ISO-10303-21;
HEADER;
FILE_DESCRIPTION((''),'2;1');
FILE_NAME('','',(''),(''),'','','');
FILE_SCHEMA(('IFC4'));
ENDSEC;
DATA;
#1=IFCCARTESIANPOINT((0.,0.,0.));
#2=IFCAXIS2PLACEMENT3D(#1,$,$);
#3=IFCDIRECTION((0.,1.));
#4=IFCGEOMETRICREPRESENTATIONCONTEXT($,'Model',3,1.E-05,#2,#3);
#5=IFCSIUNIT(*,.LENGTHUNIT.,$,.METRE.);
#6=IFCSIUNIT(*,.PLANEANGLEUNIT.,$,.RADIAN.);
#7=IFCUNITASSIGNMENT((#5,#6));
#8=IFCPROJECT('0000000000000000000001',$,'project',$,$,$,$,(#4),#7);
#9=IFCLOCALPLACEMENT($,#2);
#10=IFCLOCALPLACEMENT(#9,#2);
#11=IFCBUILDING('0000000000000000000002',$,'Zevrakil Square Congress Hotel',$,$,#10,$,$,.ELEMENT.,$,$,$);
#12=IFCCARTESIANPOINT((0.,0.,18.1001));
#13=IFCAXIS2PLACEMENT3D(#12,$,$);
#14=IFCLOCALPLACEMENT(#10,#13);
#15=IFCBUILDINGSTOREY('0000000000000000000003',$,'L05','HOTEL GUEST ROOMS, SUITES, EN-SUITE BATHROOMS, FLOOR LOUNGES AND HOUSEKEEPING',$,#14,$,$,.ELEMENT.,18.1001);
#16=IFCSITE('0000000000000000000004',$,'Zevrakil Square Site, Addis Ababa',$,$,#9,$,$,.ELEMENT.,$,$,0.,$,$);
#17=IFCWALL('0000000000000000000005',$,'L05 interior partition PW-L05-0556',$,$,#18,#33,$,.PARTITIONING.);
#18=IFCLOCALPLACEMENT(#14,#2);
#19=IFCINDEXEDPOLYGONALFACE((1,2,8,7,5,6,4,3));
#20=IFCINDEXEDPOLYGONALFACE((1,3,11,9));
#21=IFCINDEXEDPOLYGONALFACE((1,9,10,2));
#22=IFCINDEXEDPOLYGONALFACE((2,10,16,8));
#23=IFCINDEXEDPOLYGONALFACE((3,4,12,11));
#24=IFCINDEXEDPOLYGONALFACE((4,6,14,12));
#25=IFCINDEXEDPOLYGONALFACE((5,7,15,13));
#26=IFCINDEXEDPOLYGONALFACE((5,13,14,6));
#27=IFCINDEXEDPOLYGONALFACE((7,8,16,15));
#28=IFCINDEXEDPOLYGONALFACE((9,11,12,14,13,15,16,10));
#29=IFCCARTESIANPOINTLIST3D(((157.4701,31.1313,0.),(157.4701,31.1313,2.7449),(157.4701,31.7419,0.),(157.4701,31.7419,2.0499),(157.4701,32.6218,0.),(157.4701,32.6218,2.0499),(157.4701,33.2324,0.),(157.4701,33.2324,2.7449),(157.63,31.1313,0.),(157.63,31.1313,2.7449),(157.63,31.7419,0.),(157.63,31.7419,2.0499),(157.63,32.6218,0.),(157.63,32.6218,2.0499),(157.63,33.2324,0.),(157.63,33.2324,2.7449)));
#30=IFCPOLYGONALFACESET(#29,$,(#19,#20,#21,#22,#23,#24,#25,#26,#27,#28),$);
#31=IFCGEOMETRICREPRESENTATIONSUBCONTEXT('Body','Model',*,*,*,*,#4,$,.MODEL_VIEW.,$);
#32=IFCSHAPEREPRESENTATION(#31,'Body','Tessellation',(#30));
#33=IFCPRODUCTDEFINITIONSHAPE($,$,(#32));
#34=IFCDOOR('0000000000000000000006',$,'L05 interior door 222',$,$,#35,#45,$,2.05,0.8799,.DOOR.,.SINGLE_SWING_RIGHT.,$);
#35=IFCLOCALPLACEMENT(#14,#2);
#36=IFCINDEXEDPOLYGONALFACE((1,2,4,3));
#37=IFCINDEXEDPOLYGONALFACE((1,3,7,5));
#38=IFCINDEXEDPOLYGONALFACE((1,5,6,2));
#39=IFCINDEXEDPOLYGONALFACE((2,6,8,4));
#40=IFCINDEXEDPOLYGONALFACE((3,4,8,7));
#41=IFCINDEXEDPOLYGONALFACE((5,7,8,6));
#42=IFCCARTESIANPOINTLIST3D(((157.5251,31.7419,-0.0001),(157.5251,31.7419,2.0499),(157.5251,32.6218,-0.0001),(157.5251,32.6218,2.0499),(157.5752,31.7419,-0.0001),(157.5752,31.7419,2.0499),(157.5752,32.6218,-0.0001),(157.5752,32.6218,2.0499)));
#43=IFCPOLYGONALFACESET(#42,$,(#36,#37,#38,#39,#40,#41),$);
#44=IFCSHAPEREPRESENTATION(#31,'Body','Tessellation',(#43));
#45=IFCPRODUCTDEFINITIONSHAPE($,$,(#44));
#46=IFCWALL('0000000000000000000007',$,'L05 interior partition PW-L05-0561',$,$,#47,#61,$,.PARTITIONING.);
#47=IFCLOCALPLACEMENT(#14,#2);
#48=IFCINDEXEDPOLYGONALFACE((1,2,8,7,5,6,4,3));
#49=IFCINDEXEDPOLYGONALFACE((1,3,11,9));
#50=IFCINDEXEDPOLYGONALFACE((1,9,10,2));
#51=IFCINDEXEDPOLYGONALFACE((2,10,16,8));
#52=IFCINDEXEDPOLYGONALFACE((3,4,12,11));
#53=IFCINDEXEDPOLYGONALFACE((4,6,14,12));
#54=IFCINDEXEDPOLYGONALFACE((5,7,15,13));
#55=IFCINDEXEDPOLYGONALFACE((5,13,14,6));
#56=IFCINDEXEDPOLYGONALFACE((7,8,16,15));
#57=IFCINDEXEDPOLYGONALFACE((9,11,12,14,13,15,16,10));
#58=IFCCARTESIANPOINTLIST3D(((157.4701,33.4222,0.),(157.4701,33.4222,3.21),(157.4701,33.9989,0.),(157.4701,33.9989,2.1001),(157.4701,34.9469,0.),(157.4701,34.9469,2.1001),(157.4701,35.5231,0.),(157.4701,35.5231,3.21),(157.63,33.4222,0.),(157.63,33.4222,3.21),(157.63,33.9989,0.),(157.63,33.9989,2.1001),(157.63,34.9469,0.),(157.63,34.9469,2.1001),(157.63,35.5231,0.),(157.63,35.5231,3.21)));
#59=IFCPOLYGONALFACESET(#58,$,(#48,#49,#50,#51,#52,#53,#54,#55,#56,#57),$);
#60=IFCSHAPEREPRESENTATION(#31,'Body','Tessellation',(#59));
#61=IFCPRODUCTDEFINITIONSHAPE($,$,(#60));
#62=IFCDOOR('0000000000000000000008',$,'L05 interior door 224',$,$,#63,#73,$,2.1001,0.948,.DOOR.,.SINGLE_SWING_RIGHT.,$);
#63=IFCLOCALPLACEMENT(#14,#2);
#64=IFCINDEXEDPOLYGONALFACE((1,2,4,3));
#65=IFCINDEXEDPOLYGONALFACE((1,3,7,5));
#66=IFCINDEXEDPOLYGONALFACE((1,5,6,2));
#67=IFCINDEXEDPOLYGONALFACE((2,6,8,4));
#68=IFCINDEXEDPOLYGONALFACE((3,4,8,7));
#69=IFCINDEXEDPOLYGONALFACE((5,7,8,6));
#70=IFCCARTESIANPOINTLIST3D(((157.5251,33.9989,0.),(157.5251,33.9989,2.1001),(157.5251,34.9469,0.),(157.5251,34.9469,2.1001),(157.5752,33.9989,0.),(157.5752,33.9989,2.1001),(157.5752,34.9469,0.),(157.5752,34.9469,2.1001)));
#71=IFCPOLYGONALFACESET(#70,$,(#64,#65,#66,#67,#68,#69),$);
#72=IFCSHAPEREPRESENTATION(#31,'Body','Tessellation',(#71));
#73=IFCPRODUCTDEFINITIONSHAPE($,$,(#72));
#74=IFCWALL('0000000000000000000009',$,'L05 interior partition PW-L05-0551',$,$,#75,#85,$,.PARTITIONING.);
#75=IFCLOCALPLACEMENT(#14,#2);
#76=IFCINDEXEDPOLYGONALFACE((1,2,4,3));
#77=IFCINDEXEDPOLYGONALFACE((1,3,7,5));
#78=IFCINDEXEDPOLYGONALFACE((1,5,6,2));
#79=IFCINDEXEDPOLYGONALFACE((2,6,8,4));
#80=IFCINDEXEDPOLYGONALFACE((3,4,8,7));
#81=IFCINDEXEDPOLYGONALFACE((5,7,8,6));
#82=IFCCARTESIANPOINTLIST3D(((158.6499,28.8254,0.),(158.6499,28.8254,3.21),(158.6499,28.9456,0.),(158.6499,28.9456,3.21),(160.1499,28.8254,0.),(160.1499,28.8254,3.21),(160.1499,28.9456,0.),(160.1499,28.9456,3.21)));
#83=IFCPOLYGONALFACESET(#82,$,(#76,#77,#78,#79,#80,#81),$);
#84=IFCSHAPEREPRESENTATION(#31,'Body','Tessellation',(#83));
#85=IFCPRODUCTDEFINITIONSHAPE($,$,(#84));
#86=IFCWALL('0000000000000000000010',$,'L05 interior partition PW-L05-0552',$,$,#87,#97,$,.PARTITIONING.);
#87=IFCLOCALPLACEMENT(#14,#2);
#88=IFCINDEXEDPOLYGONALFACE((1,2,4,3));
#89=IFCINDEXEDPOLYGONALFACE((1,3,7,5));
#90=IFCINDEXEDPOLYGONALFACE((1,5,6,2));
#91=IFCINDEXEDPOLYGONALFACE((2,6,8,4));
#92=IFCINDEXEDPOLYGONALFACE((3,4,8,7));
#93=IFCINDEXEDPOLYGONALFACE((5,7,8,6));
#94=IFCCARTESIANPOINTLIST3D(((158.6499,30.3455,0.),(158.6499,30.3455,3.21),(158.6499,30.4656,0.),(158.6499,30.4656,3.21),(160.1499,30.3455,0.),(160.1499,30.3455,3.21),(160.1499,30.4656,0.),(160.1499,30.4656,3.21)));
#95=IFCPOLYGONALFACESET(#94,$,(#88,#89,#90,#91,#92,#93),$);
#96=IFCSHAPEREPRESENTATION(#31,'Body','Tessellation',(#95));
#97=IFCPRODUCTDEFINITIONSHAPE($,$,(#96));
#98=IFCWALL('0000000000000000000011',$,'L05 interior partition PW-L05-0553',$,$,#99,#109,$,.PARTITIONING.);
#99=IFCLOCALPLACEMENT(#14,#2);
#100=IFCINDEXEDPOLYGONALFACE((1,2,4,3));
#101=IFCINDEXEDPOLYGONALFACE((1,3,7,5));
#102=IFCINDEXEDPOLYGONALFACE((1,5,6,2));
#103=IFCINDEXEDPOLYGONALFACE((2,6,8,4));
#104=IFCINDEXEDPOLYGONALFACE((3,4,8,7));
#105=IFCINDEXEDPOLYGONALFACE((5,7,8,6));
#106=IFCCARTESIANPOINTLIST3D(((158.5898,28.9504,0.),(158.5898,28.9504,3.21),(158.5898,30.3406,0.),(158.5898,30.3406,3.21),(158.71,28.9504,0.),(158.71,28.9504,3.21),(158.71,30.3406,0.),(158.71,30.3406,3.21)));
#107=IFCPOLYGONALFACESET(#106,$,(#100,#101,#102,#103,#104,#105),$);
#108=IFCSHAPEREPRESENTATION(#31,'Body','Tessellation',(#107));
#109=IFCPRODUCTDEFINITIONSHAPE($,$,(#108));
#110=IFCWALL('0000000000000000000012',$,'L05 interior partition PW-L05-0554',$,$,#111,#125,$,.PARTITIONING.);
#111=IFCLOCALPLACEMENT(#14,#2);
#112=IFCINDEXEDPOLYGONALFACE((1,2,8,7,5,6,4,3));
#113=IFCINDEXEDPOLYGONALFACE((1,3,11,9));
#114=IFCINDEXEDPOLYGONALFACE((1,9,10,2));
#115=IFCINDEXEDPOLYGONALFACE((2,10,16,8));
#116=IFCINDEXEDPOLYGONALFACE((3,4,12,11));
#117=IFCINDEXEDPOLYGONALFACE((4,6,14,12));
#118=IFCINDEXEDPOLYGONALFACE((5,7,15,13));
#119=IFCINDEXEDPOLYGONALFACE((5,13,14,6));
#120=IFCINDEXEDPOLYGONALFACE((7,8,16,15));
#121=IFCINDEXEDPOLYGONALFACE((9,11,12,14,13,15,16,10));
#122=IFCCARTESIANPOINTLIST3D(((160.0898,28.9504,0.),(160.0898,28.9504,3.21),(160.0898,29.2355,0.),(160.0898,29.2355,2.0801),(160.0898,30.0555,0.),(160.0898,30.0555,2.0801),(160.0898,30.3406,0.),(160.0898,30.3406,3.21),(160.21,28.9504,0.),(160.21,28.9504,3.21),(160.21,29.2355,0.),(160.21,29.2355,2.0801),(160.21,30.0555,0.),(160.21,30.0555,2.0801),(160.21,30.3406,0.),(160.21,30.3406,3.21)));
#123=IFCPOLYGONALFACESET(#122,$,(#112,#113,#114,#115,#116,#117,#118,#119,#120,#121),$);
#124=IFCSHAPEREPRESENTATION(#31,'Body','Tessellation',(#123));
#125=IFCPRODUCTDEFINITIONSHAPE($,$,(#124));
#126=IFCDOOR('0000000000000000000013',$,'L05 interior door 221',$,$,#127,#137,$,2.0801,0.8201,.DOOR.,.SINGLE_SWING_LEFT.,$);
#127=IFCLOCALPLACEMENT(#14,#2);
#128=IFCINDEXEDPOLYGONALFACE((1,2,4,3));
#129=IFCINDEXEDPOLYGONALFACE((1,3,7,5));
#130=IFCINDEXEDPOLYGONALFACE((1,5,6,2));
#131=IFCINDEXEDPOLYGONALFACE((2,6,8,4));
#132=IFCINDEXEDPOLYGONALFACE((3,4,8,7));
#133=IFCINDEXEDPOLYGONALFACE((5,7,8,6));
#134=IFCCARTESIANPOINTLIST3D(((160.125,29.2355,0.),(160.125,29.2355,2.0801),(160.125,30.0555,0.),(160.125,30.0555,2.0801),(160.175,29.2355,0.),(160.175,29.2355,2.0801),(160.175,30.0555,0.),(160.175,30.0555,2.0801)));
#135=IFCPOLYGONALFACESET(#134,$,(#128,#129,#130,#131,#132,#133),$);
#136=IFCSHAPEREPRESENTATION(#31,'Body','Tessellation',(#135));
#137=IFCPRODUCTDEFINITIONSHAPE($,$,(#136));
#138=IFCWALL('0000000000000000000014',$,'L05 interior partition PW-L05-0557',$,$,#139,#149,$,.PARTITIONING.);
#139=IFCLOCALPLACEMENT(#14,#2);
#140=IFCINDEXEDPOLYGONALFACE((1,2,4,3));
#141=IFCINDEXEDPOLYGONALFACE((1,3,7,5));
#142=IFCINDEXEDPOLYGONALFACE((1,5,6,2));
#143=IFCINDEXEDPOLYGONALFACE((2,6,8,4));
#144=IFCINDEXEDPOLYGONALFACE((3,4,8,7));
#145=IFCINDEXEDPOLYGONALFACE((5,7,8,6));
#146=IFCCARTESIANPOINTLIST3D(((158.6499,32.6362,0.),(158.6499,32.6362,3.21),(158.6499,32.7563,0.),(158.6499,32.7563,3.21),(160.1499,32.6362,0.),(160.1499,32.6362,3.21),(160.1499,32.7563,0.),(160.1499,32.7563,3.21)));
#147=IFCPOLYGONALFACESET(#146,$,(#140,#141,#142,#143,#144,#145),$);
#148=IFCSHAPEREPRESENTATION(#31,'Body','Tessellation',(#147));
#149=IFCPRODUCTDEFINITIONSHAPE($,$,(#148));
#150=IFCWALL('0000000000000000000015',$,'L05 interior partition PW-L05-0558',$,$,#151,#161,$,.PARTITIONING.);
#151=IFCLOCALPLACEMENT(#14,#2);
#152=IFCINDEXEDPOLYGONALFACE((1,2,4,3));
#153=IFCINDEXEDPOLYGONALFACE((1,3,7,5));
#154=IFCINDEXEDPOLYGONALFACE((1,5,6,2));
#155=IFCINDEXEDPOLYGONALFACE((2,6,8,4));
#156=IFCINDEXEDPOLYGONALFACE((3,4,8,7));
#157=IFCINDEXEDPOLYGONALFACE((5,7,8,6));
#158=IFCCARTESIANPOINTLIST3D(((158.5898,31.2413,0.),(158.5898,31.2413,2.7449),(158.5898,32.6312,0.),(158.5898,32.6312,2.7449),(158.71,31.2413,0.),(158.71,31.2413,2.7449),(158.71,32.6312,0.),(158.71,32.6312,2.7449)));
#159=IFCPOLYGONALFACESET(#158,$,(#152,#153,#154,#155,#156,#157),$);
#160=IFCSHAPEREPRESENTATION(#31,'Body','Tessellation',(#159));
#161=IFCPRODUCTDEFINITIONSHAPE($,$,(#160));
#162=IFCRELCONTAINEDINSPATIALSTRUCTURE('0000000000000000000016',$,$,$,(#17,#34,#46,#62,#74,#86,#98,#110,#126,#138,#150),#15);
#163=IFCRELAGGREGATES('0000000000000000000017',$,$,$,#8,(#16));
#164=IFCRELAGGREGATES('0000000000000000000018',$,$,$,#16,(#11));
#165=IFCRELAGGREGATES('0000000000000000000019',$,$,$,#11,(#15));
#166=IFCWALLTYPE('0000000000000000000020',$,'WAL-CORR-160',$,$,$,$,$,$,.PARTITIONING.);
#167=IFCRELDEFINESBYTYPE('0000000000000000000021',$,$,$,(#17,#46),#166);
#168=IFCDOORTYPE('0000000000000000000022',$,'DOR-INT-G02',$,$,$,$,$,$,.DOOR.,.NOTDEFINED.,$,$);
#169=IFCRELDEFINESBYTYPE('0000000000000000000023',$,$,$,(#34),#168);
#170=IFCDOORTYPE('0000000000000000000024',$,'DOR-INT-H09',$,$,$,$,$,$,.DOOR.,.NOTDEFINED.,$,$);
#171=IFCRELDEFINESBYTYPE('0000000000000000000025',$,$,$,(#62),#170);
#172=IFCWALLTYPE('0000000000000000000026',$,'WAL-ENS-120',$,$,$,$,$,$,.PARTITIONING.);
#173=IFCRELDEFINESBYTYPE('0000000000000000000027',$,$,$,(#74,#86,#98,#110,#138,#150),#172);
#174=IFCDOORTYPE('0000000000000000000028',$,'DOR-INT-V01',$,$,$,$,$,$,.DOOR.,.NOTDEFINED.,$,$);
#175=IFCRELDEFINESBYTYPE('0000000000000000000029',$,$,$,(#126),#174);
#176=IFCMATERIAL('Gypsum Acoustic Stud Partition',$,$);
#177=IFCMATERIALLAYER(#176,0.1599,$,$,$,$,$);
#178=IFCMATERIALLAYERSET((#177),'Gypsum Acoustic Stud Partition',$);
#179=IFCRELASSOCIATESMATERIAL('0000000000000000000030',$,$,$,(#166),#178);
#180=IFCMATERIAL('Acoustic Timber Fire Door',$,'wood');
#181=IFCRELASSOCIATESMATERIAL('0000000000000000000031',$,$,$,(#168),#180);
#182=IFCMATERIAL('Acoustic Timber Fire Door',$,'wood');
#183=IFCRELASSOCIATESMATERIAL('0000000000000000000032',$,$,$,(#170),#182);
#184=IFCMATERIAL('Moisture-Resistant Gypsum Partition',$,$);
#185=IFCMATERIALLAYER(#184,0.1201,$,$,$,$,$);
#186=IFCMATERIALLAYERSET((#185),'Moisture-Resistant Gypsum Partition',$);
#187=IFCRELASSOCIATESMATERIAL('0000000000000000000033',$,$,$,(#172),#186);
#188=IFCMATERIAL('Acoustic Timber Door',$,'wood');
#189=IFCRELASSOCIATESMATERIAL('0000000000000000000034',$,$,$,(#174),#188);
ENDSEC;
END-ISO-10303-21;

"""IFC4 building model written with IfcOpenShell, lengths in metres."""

from ifc_helpers import new_model, si_unit, direction, frame, frame_2d, origin, place, context, subcontext, project, spatial, rectangle, extrude, material, layer, layer_set, type_object, element, fill, save


model = new_model("IFC4")

# Units and contexts
model_context = context("Model", 3, precision=1e-05, world=origin(), true_north=direction((0.0, 1.0)))
body_context = subcontext(model_context, "Body", "Model", "MODEL_VIEW")
ifc_project = project(units=[si_unit("LENGTHUNIT", "METRE"), si_unit("PLANEANGLEUNIT", "RADIAN")], contexts=[model_context])

# Site, building, storey
site_placement = place(None, origin())
site = spatial("IfcSite", under=ifc_project, at=site_placement, Name="Zevrakil Square Site, Addis Ababa", CompositionType="ELEMENT", RefElevation=0.0)
building_placement = place(site_placement, origin())
building = spatial("IfcBuilding", under=site, at=building_placement, Name="Zevrakil Square Congress Hotel", CompositionType="ELEMENT")
storey_placement = place(building_placement, frame((0.0, 0.0, 18.1001)))
storey = spatial("IfcBuildingStorey", under=building, at=storey_placement, Name="L05", Description="HOTEL GUEST ROOMS, SUITES, EN-SUITE BATHROOMS, FLOOR LOUNGES AND HOUSEKEEPING", CompositionType="ELEMENT", Elevation=18.1001)

# Shared definitions
ifc_material_1 = material(Name="Gypsum Acoustic Stud Partition")
ifc_layer_1 = layer(ifc_material_1, 0.1599)
ifc_layer_set_1 = layer_set([ifc_layer_1], Name="Gypsum Acoustic Stud Partition")
wall_type_1 = type_object("IfcWallType", Name="WAL-CORR-160", PredefinedType="PARTITIONING", material=ifc_layer_set_1)

# Walls, openings, doors
wall_1_placement = place(storey_placement, frame((157.55, 31.1313, 0.0), z_axis=(0.0, 0.0, 1.0), x_axis=(0.0, 1.0, 0.0)))
wall_1 = element("IfcWall", 1, at=wall_1_placement, inside=storey, type_object=wall_type_1, Name="L05 interior partition PW-L05-0556", PredefinedType="PARTITIONING", context=body_context, shape_type="SweptSolid", body=[
    extrude(rectangle(XDim=2.1011, YDim=0.1599, at=frame_2d((1.0505, 0.0))), origin(), (0.0, 0.0, 1.0), 2.7449),
])
opening_1_placement = place(wall_1_placement, frame((0.6106, 0.0, 0.0)))
opening_1 = element("IfcOpeningElement", 2, at=opening_1_placement, cuts=wall_1, PredefinedType="OPENING", context=body_context, shape_type="SweptSolid", body=[
    extrude(rectangle(XDim=0.8799, YDim=2.05, at=frame_2d((0.4399, 1.0249))), frame((0.0, 0.0898, 0.0), z_axis=(0.0, -1.0, 0.0), x_axis=(1.0, 0.0, 0.0)), (0.0, 0.0, 1.0), 0.1799),
])
ifc_material_2 = material(Name="Acoustic Timber Fire Door", Category="wood")
door_type_1 = type_object("IfcDoorType", Name="DOR-INT-G02", OperationType="NOTDEFINED", PredefinedType="DOOR", material=ifc_material_2)
door_1_placement = place(opening_1_placement, origin())
door_1 = element("IfcDoor", 3, at=door_1_placement, inside=storey, type_object=door_type_1, Name="L05 interior door 222", OperationType="SINGLE_SWING_RIGHT", OverallHeight=2.05, OverallWidth=0.8799, PredefinedType="DOOR", context=body_context, shape_type="SweptSolid", body=[
    extrude(rectangle(XDim=0.8799, YDim=2.05, at=frame_2d((0.4399, 1.0249))), frame((0.0, 0.0249, 0.0), z_axis=(0.0, -1.0, 0.0), x_axis=(1.0, 0.0, 0.0)), (0.0, 0.0, 1.0), 0.05),
])
fill(opening_1, door_1)
wall_2_placement = place(storey_placement, frame((157.55, 33.4224, 0.0), z_axis=(0.0, 0.0, 1.0), x_axis=(0.0, 1.0, 0.0)))
wall_2 = element("IfcWall", 4, at=wall_2_placement, inside=storey, type_object=wall_type_1, Name="L05 interior partition PW-L05-0561", PredefinedType="PARTITIONING", context=body_context, shape_type="SweptSolid", body=[
    extrude(rectangle(XDim=2.1008, YDim=0.1599, at=frame_2d((1.0503, 0.0))), origin(), (0.0, 0.0, 1.0), 3.21),
])
opening_2_placement = place(wall_2_placement, frame((0.5764, 0.0, 0.0)))
opening_2 = element("IfcOpeningElement", 5, at=opening_2_placement, cuts=wall_2, PredefinedType="OPENING", context=body_context, shape_type="SweptSolid", body=[
    extrude(rectangle(XDim=0.948, YDim=2.1001, at=frame_2d((0.4741, 1.05))), frame((0.0, 0.0898, 0.0), z_axis=(0.0, -1.0, 0.0), x_axis=(1.0, 0.0, 0.0)), (0.0, 0.0, 1.0), 0.1799),
])
ifc_material_3 = material(Name="Acoustic Timber Fire Door", Category="wood")
door_type_2 = type_object("IfcDoorType", Name="DOR-INT-H09", OperationType="NOTDEFINED", PredefinedType="DOOR", material=ifc_material_3)
door_2_placement = place(opening_2_placement, origin())
door_2 = element("IfcDoor", 6, at=door_2_placement, inside=storey, type_object=door_type_2, Name="L05 interior door 224", OperationType="SINGLE_SWING_RIGHT", OverallHeight=2.1001, OverallWidth=0.948, PredefinedType="DOOR", context=body_context, shape_type="SweptSolid", body=[
    extrude(rectangle(XDim=0.948, YDim=2.1001, at=frame_2d((0.4741, 1.05))), frame((0.0, 0.0249, 0.0), z_axis=(0.0, -1.0, 0.0), x_axis=(1.0, 0.0, 0.0)), (0.0, 0.0, 1.0), 0.05),
])
fill(opening_2, door_2)

# Walls
ifc_material_4 = material(Name="Moisture-Resistant Gypsum Partition")
ifc_layer_2 = layer(ifc_material_4, 0.1201)
ifc_layer_set_2 = layer_set([ifc_layer_2], Name="Moisture-Resistant Gypsum Partition")
wall_type_2 = type_object("IfcWallType", Name="WAL-ENS-120", PredefinedType="PARTITIONING", material=ifc_layer_set_2)
for number, where, z_axis, x_axis, name in (
    (7, (158.6499, 28.8855, 0.0), (0.0, 0.0, 1.0), (1.0, 0.0, 0.0), "L05 interior partition PW-L05-0551"),
    (8, (158.6499, 30.4055, 0.0), (0.0, 0.0, 1.0), (1.0, 0.0, 0.0), "L05 interior partition PW-L05-0552"),
):
    element("IfcWall", number, at=place(storey_placement, frame(where, z_axis=z_axis, x_axis=x_axis)), inside=storey, type_object=wall_type_2, Name=name, PredefinedType="PARTITIONING", context=body_context, shape_type="SweptSolid", body=[
        extrude(rectangle(XDim=1.5, YDim=0.1201, at=frame_2d((0.75, 0.0))), origin(), (0.0, 0.0, 1.0), 3.21),
    ])
wall_3_placement = place(storey_placement, frame((158.6499, 28.9504, 0.0), z_axis=(0.0, 0.0, 1.0), x_axis=(0.0, 1.0, 0.0)))
element("IfcWall", 9, at=wall_3_placement, inside=storey, type_object=wall_type_2, Name="L05 interior partition PW-L05-0553", PredefinedType="PARTITIONING", context=body_context, shape_type="SweptSolid", body=[
    extrude(rectangle(XDim=1.3901, YDim=0.1201, at=frame_2d((0.6951, 0.0))), origin(), (0.0, 0.0, 1.0), 3.21),
])

# Wall, opening, door
wall_4_placement = place(storey_placement, frame((160.1499, 28.9504, 0.0), z_axis=(0.0, 0.0, 1.0), x_axis=(0.0, 1.0, 0.0)))
wall_4 = element("IfcWall", 10, at=wall_4_placement, inside=storey, type_object=wall_type_2, Name="L05 interior partition PW-L05-0554", PredefinedType="PARTITIONING", context=body_context, shape_type="SweptSolid", body=[
    extrude(rectangle(XDim=1.3901, YDim=0.1201, at=frame_2d((0.6951, 0.0))), origin(), (0.0, 0.0, 1.0), 3.21),
])
opening_3_placement = place(wall_4_placement, frame((0.2849, 0.0, 0.0)))
opening_3 = element("IfcOpeningElement", 11, at=opening_3_placement, cuts=wall_4, PredefinedType="OPENING", context=body_context, shape_type="SweptSolid", body=[
    extrude(rectangle(XDim=0.8201, YDim=2.0801, at=frame_2d((0.4102, 1.04))), frame((0.0, 0.0701, 0.0), z_axis=(0.0, -1.0, 0.0), x_axis=(1.0, 0.0, 0.0)), (0.0, 0.0, 1.0), 0.1401),
])
ifc_material_5 = material(Name="Acoustic Timber Door", Category="wood")
door_type_3 = type_object("IfcDoorType", Name="DOR-INT-V01", OperationType="NOTDEFINED", PredefinedType="DOOR", material=ifc_material_5)
door_3_placement = place(opening_3_placement, origin())
door_3 = element("IfcDoor", 12, at=door_3_placement, inside=storey, type_object=door_type_3, Name="L05 interior door 221", OperationType="SINGLE_SWING_LEFT", OverallHeight=2.0801, OverallWidth=0.8201, PredefinedType="DOOR", context=body_context, shape_type="SweptSolid", body=[
    extrude(rectangle(XDim=0.8201, YDim=2.0801, at=frame_2d((0.4102, 1.04))), frame((0.0, 0.0249, 0.0), z_axis=(0.0, -1.0, 0.0), x_axis=(1.0, 0.0, 0.0)), (0.0, 0.0, 1.0), 0.05),
])
fill(opening_3, door_3)

# Walls
wall_5_placement = place(storey_placement, frame((158.6499, 32.6963, 0.0), z_axis=(0.0, 0.0, 1.0), x_axis=(1.0, 0.0, 0.0)))
element("IfcWall", 13, at=wall_5_placement, inside=storey, type_object=wall_type_2, Name="L05 interior partition PW-L05-0557", PredefinedType="PARTITIONING", context=body_context, shape_type="SweptSolid", body=[
    extrude(rectangle(XDim=1.5, YDim=0.1201, at=frame_2d((0.75, 0.0))), origin(), (0.0, 0.0, 1.0), 3.21),
])
wall_6_placement = place(storey_placement, frame((158.6499, 31.2415, 0.0), z_axis=(0.0, 0.0, 1.0), x_axis=(0.0, 1.0, 0.0)))
element("IfcWall", 14, at=wall_6_placement, inside=storey, type_object=wall_type_2, Name="L05 interior partition PW-L05-0558", PredefinedType="PARTITIONING", context=body_context, shape_type="SweptSolid", body=[
    extrude(rectangle(XDim=1.3899, YDim=0.1201, at=frame_2d((0.6948, 0.0))), origin(), (0.0, 0.0, 1.0), 2.7449),
])

save(model, "model.ifc")
